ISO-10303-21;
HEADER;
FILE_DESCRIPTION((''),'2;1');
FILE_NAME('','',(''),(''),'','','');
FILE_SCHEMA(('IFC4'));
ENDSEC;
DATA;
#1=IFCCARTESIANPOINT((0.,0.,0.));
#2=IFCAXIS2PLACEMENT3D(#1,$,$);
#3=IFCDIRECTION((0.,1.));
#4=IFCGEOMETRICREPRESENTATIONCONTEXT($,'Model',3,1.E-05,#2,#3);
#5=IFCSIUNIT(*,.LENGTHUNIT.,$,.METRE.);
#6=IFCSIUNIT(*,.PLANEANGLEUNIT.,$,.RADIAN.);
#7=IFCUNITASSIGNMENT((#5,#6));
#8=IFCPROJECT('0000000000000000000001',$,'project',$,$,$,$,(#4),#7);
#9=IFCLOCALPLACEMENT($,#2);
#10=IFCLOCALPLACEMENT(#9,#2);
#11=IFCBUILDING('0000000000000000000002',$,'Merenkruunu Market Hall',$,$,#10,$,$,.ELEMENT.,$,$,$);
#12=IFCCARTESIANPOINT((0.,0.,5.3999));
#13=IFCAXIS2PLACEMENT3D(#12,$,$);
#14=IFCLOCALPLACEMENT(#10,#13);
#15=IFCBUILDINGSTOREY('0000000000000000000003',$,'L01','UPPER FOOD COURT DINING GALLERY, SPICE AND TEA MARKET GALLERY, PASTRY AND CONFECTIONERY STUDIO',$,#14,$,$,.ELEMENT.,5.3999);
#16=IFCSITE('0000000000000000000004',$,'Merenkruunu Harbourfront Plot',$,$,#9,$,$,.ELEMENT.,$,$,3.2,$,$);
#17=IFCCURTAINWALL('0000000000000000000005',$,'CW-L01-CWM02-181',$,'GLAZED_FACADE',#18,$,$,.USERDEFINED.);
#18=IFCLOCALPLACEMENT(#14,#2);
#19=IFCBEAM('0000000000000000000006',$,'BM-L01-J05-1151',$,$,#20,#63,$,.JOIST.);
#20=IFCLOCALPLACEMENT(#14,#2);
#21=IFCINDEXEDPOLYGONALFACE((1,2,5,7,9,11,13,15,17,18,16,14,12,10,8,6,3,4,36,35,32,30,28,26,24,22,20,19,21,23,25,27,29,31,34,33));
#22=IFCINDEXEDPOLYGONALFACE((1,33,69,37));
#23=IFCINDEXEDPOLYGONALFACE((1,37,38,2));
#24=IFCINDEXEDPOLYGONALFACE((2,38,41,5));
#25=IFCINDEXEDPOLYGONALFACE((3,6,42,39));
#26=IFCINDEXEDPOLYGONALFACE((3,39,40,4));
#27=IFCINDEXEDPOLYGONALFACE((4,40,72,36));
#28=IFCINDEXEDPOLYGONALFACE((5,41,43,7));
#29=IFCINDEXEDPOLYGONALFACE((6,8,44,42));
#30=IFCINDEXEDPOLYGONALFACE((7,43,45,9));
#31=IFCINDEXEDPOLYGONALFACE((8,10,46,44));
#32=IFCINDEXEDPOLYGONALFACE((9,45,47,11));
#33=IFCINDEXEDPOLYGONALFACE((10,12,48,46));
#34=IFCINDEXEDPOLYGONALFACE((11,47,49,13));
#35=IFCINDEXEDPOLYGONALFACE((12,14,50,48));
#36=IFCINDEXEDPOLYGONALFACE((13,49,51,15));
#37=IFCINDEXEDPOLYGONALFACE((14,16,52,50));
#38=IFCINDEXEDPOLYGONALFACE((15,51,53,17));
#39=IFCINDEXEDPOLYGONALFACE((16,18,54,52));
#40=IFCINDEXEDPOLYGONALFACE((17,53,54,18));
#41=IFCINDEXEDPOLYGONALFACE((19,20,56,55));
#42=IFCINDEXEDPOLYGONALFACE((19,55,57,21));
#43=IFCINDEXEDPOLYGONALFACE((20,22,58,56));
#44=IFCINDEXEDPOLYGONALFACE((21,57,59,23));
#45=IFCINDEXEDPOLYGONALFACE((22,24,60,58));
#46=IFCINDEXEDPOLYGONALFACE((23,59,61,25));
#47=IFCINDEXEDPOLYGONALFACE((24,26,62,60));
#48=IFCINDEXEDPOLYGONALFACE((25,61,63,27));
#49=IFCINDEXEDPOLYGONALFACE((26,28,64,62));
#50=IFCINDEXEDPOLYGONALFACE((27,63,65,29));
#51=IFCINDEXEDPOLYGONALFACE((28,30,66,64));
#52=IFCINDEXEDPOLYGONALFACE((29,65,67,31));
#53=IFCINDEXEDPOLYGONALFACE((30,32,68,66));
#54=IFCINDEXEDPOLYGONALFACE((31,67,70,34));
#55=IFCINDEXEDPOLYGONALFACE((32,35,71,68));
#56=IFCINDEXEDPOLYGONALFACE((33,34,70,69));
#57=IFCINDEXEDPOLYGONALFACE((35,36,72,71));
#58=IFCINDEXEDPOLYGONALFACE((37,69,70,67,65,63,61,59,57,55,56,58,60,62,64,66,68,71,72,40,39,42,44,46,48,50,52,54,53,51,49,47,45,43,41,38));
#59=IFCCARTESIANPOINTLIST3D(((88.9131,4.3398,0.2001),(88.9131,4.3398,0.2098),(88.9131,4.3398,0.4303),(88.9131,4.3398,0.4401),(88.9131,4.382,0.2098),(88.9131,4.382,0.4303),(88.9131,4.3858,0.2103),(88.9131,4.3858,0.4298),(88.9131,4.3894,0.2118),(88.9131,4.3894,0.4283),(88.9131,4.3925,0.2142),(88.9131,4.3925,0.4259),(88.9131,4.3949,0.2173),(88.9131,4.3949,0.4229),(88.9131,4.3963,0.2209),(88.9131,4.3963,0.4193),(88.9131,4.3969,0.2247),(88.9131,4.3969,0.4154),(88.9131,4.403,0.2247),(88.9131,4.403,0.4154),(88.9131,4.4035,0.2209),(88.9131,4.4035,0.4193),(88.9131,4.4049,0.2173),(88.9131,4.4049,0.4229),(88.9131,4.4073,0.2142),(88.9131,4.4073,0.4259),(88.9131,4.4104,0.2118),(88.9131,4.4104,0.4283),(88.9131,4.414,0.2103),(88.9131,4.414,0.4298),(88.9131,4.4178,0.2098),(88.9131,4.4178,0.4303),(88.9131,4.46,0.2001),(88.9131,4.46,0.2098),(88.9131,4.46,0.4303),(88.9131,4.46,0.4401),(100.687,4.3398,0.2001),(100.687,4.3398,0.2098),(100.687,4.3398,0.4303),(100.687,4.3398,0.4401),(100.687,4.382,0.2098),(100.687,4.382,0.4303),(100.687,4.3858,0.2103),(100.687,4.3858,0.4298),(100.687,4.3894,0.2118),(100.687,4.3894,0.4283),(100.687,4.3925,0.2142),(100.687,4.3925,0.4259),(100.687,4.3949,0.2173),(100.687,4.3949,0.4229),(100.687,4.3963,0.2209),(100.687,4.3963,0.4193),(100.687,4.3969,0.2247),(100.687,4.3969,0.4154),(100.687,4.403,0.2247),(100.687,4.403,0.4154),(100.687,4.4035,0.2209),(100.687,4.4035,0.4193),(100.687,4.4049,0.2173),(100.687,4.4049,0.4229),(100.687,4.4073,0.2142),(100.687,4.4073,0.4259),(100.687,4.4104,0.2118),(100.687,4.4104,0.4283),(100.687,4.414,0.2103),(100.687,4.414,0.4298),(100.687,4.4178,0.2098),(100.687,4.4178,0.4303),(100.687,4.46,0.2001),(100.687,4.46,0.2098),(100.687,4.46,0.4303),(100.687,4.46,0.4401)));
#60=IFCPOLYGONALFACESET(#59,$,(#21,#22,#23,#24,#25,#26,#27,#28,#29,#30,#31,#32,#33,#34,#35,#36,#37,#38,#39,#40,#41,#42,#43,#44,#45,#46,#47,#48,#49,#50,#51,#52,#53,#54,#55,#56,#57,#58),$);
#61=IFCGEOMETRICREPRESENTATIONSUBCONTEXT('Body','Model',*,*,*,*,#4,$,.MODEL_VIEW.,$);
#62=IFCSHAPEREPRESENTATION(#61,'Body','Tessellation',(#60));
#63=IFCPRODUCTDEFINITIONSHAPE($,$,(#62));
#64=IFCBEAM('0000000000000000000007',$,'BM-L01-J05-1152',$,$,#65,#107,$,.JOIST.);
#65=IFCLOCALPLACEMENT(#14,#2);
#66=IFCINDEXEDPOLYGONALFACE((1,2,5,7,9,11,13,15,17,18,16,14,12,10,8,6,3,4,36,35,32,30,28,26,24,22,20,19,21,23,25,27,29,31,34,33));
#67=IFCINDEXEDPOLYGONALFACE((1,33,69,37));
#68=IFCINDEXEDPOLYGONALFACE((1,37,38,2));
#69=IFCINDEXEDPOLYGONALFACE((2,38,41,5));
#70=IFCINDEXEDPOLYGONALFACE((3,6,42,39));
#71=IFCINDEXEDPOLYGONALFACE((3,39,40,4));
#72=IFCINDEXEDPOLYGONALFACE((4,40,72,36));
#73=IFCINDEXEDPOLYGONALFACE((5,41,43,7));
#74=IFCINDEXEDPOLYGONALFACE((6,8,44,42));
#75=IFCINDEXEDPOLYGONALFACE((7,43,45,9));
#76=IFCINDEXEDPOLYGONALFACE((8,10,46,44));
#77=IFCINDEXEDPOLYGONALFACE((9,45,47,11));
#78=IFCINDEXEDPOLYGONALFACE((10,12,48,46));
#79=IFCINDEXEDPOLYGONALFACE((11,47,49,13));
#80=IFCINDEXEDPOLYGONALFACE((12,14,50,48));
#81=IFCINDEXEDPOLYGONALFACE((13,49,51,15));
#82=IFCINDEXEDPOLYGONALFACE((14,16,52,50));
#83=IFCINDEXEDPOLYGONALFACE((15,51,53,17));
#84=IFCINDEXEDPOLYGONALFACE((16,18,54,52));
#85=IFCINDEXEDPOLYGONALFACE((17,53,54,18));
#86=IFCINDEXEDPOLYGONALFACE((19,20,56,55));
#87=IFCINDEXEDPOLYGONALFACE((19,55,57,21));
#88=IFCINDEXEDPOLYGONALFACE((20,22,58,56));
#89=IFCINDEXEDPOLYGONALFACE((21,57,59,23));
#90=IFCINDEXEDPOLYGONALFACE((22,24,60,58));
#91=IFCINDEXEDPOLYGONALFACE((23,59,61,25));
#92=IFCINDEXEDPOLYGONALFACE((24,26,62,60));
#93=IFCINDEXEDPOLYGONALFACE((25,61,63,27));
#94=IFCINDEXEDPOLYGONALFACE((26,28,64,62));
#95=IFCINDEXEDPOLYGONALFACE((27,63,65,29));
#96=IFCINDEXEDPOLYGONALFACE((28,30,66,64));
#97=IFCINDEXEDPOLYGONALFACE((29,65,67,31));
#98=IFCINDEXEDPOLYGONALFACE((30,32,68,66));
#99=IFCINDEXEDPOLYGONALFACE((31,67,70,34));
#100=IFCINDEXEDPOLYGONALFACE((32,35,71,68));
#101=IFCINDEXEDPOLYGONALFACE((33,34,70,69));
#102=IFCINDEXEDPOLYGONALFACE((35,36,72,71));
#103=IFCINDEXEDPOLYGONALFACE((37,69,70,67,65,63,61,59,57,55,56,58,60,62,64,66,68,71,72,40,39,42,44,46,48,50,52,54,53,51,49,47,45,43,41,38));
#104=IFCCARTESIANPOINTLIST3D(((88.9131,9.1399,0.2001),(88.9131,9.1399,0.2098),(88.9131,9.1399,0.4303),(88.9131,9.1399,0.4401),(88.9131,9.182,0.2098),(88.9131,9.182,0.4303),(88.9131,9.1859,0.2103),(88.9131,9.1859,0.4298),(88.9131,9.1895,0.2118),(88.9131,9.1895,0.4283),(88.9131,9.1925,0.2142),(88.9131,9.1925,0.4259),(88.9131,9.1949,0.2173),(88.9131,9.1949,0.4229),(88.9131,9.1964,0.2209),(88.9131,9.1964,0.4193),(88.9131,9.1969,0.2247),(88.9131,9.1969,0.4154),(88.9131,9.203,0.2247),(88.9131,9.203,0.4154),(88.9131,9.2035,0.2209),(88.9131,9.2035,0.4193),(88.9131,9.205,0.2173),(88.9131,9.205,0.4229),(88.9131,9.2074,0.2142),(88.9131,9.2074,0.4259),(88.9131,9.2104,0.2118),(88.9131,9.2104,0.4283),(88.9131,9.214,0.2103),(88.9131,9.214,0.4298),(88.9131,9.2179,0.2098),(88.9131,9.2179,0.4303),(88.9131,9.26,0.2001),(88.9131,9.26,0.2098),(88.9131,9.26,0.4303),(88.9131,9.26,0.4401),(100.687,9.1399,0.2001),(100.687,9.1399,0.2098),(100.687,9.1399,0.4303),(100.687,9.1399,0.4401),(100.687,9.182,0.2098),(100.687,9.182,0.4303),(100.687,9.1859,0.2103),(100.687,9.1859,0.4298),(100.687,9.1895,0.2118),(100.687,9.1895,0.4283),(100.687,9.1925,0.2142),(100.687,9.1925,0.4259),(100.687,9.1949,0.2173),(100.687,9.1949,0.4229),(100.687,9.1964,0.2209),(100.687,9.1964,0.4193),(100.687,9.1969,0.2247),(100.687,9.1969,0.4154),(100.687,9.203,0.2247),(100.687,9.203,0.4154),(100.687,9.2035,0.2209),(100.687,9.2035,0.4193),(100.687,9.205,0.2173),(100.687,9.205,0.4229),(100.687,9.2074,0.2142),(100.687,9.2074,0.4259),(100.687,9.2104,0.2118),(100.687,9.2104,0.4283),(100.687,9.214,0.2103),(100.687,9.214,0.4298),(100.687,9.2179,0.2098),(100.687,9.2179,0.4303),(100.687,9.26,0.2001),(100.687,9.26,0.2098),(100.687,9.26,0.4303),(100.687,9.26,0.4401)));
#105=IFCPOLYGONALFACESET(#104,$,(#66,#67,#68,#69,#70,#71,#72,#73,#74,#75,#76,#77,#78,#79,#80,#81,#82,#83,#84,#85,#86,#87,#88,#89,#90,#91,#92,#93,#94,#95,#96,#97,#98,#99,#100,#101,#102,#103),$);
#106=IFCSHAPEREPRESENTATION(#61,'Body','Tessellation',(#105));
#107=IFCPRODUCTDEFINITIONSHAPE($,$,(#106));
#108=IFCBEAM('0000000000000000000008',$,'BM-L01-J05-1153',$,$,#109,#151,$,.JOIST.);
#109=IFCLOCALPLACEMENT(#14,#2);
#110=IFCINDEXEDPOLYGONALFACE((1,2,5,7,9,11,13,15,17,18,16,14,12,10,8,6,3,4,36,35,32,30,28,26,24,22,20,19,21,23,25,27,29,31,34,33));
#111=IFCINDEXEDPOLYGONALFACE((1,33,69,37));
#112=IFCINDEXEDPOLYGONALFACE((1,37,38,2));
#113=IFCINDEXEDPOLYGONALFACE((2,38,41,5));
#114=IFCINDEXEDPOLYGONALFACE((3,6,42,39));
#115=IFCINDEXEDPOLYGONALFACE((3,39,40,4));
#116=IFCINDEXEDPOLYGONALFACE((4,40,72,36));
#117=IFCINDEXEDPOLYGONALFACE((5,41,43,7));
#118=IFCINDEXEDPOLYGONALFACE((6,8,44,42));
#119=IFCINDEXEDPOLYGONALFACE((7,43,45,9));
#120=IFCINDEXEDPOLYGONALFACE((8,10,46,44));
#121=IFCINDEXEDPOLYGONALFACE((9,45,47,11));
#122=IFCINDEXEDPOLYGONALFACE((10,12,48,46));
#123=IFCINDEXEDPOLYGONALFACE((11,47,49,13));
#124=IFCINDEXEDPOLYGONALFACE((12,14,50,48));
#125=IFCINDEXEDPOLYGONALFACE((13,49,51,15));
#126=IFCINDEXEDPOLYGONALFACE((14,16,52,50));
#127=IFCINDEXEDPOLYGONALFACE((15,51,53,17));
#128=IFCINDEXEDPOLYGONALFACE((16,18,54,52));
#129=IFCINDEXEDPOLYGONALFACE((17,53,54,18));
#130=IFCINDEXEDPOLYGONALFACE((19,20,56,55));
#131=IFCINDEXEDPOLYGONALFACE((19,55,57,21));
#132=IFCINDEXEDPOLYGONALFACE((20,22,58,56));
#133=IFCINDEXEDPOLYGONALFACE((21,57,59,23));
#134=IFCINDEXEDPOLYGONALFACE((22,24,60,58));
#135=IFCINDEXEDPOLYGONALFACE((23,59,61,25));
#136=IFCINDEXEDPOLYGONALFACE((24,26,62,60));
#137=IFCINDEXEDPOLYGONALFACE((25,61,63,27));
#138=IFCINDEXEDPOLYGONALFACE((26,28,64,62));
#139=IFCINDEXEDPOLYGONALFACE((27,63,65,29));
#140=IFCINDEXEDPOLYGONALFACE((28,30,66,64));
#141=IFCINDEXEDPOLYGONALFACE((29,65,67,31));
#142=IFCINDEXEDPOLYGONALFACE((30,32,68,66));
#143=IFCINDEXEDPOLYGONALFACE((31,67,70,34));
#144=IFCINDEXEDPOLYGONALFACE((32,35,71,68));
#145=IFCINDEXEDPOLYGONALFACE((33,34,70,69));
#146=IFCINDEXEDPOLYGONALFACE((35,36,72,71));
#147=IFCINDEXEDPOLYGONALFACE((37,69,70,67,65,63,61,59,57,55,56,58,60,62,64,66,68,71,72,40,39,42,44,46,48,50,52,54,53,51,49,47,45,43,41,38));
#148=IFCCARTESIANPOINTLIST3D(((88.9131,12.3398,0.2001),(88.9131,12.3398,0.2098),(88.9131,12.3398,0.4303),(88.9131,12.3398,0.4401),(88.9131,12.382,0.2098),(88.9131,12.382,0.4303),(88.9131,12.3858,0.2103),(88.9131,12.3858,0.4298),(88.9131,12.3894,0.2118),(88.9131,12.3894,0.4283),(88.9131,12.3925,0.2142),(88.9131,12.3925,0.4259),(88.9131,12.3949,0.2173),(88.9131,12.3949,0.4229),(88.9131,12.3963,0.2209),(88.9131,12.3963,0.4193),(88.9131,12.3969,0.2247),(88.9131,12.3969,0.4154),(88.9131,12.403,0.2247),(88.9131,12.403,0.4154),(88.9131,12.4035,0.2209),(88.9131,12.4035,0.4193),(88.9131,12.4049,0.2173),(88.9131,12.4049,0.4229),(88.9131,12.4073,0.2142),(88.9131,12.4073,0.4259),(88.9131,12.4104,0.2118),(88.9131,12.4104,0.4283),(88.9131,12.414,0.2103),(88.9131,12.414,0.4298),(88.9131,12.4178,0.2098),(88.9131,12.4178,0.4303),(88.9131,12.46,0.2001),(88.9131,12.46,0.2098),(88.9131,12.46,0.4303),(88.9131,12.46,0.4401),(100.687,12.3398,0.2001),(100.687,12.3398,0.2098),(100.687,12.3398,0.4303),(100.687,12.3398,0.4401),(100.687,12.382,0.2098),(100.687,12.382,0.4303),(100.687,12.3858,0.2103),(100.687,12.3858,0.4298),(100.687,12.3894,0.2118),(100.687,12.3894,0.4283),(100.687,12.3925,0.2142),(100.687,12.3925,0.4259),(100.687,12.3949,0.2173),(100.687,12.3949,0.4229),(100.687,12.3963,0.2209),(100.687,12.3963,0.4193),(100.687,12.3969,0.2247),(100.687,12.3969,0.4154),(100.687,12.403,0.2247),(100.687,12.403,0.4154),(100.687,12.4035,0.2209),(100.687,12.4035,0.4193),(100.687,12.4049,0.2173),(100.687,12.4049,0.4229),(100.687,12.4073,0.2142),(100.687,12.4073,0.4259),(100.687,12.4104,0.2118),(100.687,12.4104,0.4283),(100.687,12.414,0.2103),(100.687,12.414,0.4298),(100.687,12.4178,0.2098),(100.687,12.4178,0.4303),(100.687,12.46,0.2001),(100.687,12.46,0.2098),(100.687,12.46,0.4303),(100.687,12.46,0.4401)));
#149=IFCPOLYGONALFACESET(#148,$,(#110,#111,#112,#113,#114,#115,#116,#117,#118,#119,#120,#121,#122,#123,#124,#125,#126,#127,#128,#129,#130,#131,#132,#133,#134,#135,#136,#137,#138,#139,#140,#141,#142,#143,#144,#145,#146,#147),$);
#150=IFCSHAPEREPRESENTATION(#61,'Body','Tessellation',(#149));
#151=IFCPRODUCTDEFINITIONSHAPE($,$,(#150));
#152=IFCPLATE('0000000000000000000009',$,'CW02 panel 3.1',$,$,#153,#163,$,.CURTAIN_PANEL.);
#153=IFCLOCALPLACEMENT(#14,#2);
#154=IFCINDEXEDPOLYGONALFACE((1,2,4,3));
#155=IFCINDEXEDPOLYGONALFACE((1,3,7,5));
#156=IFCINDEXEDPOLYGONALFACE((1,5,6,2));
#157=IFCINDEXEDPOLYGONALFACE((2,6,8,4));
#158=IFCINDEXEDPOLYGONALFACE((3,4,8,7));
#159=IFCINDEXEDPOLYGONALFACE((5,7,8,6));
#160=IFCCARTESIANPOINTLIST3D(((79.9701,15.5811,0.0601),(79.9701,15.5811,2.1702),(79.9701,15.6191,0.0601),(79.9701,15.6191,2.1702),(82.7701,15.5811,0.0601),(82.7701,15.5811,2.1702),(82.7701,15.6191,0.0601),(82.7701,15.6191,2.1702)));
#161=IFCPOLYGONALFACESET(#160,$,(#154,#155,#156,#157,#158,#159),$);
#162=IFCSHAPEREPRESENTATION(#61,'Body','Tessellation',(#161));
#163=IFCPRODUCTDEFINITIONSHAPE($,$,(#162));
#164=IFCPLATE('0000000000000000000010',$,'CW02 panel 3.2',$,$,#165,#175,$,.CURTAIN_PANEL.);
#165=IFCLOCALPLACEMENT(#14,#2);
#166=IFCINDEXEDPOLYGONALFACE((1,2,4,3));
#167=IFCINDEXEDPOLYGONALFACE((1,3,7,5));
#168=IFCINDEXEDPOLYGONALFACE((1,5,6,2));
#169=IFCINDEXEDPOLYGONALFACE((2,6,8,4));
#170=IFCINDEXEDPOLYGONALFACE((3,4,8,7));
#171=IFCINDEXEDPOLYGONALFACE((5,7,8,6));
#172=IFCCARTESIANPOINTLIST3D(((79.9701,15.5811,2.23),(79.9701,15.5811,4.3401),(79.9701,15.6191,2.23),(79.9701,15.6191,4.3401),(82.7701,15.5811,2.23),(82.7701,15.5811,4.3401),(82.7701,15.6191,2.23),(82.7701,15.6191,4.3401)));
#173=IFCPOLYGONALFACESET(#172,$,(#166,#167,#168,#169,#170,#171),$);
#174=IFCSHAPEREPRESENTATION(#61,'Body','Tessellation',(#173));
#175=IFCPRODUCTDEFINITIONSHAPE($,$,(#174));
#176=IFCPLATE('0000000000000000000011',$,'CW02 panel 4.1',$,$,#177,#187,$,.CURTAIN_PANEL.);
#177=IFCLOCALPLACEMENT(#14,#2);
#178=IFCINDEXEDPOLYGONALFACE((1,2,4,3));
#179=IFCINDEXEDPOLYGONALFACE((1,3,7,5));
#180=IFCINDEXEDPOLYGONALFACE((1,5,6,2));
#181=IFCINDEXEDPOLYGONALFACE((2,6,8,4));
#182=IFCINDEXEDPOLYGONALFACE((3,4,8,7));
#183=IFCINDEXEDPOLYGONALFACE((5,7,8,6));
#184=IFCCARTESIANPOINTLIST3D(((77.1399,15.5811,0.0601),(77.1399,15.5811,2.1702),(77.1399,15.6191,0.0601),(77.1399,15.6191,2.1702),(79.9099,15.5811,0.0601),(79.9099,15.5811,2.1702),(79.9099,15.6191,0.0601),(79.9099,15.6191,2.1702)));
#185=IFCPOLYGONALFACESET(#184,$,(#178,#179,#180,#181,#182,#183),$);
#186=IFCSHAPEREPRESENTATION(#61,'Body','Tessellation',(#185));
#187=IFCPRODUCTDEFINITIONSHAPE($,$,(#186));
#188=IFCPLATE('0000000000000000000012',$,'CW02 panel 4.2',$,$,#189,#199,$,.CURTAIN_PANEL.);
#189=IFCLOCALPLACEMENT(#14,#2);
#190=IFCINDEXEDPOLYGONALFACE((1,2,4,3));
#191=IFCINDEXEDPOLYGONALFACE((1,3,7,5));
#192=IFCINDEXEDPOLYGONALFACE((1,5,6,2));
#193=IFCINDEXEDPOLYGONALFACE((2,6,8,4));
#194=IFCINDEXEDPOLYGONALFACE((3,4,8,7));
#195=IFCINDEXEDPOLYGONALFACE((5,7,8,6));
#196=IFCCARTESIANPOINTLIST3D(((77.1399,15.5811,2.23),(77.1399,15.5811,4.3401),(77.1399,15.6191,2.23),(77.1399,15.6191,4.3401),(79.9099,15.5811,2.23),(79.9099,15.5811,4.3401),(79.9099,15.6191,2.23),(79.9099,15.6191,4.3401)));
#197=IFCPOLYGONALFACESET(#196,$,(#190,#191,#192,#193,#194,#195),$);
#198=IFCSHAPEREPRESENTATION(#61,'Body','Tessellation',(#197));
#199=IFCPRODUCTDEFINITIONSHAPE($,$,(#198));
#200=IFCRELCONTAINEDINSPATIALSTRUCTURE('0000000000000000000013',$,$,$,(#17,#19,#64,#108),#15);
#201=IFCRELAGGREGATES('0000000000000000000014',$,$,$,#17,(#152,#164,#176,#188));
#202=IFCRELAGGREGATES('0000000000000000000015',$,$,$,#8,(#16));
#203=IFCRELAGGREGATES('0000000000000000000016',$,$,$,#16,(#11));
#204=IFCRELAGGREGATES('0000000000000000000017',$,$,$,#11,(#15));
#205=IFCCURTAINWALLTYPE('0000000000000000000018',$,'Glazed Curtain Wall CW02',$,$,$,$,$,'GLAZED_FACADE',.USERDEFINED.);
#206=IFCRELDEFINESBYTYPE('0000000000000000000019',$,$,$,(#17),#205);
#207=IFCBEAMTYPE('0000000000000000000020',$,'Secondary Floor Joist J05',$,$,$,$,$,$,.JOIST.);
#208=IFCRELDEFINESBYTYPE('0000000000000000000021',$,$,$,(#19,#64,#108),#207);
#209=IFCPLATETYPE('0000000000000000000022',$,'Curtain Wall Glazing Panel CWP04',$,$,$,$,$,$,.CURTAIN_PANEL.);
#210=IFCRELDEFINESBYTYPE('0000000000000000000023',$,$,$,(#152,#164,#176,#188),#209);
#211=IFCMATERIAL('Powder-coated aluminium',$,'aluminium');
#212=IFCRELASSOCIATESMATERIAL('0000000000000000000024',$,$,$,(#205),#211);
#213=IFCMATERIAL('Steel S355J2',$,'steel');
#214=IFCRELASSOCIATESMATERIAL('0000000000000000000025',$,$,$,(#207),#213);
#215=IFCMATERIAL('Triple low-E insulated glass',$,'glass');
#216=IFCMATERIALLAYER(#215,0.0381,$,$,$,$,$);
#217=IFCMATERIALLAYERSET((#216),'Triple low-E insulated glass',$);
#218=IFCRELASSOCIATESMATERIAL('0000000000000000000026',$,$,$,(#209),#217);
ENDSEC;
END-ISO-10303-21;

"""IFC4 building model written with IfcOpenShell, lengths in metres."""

from ifc_helpers import new_model, si_unit, direction, frame, origin, origin_2d, place, context, subcontext, project, spatial, rectangle, i_section, extrude, material, layer, layer_set, material_profile, profile_set, type_object, element, aggregate, save


model = new_model("IFC4")

# Units and contexts
model_context = context("Model", 3, precision=1e-05, world=origin(), true_north=direction((0.0, 1.0)))
body_context = subcontext(model_context, "Body", "Model", "MODEL_VIEW")
ifc_project = project(units=[si_unit("LENGTHUNIT", "METRE"), si_unit("PLANEANGLEUNIT", "RADIAN")], contexts=[model_context])

# Site, building, storey
site_placement = place(None, origin())
site = spatial("IfcSite", under=ifc_project, at=site_placement, Name="Merenkruunu Harbourfront Plot", CompositionType="ELEMENT", RefElevation=3.2)
building_placement = place(site_placement, origin())
building = spatial("IfcBuilding", under=site, at=building_placement, Name="Merenkruunu Market Hall", CompositionType="ELEMENT")
storey_placement = place(building_placement, frame((0.0, 0.0, 5.3999)))
storey = spatial("IfcBuildingStorey", under=building, at=storey_placement, Name="L01", Description="UPPER FOOD COURT DINING GALLERY, SPICE AND TEA MARKET GALLERY, PASTRY AND CONFECTIONERY STUDIO", CompositionType="ELEMENT", Elevation=5.3999)

# Curtain wall
ifc_material_1 = material(Name="Powder-coated aluminium", Category="aluminium")
curtain_wall_type = type_object("IfcCurtainWallType", Name="Glazed Curtain Wall CW02", ElementType="GLAZED_FACADE", PredefinedType="USERDEFINED", material=ifc_material_1)
curtain_wall_placement = place(storey_placement, origin())
curtain_wall = element("IfcCurtainWall", 1, at=curtain_wall_placement, inside=storey, type_object=curtain_wall_type, Name="CW-L01-CWM02-181", ObjectType="GLAZED_FACADE", PredefinedType="USERDEFINED")

# Beams
ifc_material_2 = material(Name="Steel S355J2", Category="steel")
ifc_material_profile_1 = material_profile(ifc_material_2, i_section(OverallWidth=0.1201, OverallDepth=0.24, WebThickness=0.0061, FlangeThickness=0.0098, FilletRadius=0.0149, at=origin_2d()), Name="IPE 240")
ifc_profile_set_1 = profile_set([ifc_material_profile_1], Name="Steel S355J2")
beam_type_1 = type_object("IfcBeamType", Name="Secondary Floor Joist J05", PredefinedType="JOIST", material=ifc_profile_set_1)
for number, where, z_axis, x_axis, name in (
    (2, (88.9131, 4.3999, 0.3201), (1.0, 0.0, 0.0), (0.0, 1.0, 0.0), "BM-L01-J05-1151"),
    (3, (88.9131, 9.2, 0.3201), (1.0, 0.0, 0.0), (0.0, 1.0, 0.0), "BM-L01-J05-1152"),
    (4, (88.9131, 12.3999, 0.3201), (1.0, 0.0, 0.0), (0.0, 1.0, 0.0), "BM-L01-J05-1153"),
):
    element("IfcBeam", number, at=place(storey_placement, frame(where, z_axis=z_axis, x_axis=x_axis)), inside=storey, type_object=beam_type_1, Name=name, PredefinedType="JOIST", context=body_context, shape_type="SweptSolid", body=[
        extrude(i_section(OverallWidth=0.1201, OverallDepth=0.24, WebThickness=0.0061, FlangeThickness=0.0098, FilletRadius=0.0149, at=origin_2d()), origin(), (0.0, 0.0, 1.0), 11.7739),
    ])

# Plates
ifc_material_3 = material(Name="Triple low-E insulated glass", Category="glass")
ifc_layer_1 = layer(ifc_material_3, 0.0381)
ifc_layer_set_1 = layer_set([ifc_layer_1], Name="Triple low-E insulated glass")
plate_type_1 = type_object("IfcPlateType", Name="Curtain Wall Glazing Panel CWP04", PredefinedType="CURTAIN_PANEL", material=ifc_layer_set_1)
plate_1_placement = place(storey_placement, frame((81.3701, 15.6001, 0.0601), z_axis=(0.0, 0.0, 1.0), x_axis=(-1.0, 0.0, 0.0)))
plate_1 = element("IfcPlate", 5, at=plate_1_placement, type_object=plate_type_1, Name="CW02 panel 3.1", PredefinedType="CURTAIN_PANEL", context=body_context, shape_type="SweptSolid", body=[
    extrude(rectangle(XDim=2.8, YDim=0.0381, at=origin_2d()), origin(), (0.0, 0.0, 1.0), 2.1101),
])
plate_2_placement = place(storey_placement, frame((81.3701, 15.6001, 2.23), z_axis=(0.0, 0.0, 1.0), x_axis=(-1.0, 0.0, 0.0)))
plate_2 = element("IfcPlate", 6, at=plate_2_placement, type_object=plate_type_1, Name="CW02 panel 3.2", PredefinedType="CURTAIN_PANEL", context=body_context, shape_type="SweptSolid", body=[
    extrude(rectangle(XDim=2.8, YDim=0.0381, at=origin_2d()), origin(), (0.0, 0.0, 1.0), 2.1101),
])
plate_3_placement = place(storey_placement, frame((78.5249, 15.6001, 0.0601), z_axis=(0.0, 0.0, 1.0), x_axis=(-1.0, 0.0, 0.0)))
plate_3 = element("IfcPlate", 7, at=plate_3_placement, type_object=plate_type_1, Name="CW02 panel 4.1", PredefinedType="CURTAIN_PANEL", context=body_context, shape_type="SweptSolid", body=[
    extrude(rectangle(XDim=2.77, YDim=0.0381, at=origin_2d()), origin(), (0.0, 0.0, 1.0), 2.1101),
])
plate_4_placement = place(storey_placement, frame((78.5249, 15.6001, 2.23), z_axis=(0.0, 0.0, 1.0), x_axis=(-1.0, 0.0, 0.0)))
plate_4 = element("IfcPlate", 8, at=plate_4_placement, type_object=plate_type_1, Name="CW02 panel 4.2", PredefinedType="CURTAIN_PANEL", context=body_context, shape_type="SweptSolid", body=[
    extrude(rectangle(XDim=2.77, YDim=0.0381, at=origin_2d()), origin(), (0.0, 0.0, 1.0), 2.1101),
])
aggregate(curtain_wall, [plate_1, plate_2, plate_3, plate_4])

save(model, "model.ifc")
